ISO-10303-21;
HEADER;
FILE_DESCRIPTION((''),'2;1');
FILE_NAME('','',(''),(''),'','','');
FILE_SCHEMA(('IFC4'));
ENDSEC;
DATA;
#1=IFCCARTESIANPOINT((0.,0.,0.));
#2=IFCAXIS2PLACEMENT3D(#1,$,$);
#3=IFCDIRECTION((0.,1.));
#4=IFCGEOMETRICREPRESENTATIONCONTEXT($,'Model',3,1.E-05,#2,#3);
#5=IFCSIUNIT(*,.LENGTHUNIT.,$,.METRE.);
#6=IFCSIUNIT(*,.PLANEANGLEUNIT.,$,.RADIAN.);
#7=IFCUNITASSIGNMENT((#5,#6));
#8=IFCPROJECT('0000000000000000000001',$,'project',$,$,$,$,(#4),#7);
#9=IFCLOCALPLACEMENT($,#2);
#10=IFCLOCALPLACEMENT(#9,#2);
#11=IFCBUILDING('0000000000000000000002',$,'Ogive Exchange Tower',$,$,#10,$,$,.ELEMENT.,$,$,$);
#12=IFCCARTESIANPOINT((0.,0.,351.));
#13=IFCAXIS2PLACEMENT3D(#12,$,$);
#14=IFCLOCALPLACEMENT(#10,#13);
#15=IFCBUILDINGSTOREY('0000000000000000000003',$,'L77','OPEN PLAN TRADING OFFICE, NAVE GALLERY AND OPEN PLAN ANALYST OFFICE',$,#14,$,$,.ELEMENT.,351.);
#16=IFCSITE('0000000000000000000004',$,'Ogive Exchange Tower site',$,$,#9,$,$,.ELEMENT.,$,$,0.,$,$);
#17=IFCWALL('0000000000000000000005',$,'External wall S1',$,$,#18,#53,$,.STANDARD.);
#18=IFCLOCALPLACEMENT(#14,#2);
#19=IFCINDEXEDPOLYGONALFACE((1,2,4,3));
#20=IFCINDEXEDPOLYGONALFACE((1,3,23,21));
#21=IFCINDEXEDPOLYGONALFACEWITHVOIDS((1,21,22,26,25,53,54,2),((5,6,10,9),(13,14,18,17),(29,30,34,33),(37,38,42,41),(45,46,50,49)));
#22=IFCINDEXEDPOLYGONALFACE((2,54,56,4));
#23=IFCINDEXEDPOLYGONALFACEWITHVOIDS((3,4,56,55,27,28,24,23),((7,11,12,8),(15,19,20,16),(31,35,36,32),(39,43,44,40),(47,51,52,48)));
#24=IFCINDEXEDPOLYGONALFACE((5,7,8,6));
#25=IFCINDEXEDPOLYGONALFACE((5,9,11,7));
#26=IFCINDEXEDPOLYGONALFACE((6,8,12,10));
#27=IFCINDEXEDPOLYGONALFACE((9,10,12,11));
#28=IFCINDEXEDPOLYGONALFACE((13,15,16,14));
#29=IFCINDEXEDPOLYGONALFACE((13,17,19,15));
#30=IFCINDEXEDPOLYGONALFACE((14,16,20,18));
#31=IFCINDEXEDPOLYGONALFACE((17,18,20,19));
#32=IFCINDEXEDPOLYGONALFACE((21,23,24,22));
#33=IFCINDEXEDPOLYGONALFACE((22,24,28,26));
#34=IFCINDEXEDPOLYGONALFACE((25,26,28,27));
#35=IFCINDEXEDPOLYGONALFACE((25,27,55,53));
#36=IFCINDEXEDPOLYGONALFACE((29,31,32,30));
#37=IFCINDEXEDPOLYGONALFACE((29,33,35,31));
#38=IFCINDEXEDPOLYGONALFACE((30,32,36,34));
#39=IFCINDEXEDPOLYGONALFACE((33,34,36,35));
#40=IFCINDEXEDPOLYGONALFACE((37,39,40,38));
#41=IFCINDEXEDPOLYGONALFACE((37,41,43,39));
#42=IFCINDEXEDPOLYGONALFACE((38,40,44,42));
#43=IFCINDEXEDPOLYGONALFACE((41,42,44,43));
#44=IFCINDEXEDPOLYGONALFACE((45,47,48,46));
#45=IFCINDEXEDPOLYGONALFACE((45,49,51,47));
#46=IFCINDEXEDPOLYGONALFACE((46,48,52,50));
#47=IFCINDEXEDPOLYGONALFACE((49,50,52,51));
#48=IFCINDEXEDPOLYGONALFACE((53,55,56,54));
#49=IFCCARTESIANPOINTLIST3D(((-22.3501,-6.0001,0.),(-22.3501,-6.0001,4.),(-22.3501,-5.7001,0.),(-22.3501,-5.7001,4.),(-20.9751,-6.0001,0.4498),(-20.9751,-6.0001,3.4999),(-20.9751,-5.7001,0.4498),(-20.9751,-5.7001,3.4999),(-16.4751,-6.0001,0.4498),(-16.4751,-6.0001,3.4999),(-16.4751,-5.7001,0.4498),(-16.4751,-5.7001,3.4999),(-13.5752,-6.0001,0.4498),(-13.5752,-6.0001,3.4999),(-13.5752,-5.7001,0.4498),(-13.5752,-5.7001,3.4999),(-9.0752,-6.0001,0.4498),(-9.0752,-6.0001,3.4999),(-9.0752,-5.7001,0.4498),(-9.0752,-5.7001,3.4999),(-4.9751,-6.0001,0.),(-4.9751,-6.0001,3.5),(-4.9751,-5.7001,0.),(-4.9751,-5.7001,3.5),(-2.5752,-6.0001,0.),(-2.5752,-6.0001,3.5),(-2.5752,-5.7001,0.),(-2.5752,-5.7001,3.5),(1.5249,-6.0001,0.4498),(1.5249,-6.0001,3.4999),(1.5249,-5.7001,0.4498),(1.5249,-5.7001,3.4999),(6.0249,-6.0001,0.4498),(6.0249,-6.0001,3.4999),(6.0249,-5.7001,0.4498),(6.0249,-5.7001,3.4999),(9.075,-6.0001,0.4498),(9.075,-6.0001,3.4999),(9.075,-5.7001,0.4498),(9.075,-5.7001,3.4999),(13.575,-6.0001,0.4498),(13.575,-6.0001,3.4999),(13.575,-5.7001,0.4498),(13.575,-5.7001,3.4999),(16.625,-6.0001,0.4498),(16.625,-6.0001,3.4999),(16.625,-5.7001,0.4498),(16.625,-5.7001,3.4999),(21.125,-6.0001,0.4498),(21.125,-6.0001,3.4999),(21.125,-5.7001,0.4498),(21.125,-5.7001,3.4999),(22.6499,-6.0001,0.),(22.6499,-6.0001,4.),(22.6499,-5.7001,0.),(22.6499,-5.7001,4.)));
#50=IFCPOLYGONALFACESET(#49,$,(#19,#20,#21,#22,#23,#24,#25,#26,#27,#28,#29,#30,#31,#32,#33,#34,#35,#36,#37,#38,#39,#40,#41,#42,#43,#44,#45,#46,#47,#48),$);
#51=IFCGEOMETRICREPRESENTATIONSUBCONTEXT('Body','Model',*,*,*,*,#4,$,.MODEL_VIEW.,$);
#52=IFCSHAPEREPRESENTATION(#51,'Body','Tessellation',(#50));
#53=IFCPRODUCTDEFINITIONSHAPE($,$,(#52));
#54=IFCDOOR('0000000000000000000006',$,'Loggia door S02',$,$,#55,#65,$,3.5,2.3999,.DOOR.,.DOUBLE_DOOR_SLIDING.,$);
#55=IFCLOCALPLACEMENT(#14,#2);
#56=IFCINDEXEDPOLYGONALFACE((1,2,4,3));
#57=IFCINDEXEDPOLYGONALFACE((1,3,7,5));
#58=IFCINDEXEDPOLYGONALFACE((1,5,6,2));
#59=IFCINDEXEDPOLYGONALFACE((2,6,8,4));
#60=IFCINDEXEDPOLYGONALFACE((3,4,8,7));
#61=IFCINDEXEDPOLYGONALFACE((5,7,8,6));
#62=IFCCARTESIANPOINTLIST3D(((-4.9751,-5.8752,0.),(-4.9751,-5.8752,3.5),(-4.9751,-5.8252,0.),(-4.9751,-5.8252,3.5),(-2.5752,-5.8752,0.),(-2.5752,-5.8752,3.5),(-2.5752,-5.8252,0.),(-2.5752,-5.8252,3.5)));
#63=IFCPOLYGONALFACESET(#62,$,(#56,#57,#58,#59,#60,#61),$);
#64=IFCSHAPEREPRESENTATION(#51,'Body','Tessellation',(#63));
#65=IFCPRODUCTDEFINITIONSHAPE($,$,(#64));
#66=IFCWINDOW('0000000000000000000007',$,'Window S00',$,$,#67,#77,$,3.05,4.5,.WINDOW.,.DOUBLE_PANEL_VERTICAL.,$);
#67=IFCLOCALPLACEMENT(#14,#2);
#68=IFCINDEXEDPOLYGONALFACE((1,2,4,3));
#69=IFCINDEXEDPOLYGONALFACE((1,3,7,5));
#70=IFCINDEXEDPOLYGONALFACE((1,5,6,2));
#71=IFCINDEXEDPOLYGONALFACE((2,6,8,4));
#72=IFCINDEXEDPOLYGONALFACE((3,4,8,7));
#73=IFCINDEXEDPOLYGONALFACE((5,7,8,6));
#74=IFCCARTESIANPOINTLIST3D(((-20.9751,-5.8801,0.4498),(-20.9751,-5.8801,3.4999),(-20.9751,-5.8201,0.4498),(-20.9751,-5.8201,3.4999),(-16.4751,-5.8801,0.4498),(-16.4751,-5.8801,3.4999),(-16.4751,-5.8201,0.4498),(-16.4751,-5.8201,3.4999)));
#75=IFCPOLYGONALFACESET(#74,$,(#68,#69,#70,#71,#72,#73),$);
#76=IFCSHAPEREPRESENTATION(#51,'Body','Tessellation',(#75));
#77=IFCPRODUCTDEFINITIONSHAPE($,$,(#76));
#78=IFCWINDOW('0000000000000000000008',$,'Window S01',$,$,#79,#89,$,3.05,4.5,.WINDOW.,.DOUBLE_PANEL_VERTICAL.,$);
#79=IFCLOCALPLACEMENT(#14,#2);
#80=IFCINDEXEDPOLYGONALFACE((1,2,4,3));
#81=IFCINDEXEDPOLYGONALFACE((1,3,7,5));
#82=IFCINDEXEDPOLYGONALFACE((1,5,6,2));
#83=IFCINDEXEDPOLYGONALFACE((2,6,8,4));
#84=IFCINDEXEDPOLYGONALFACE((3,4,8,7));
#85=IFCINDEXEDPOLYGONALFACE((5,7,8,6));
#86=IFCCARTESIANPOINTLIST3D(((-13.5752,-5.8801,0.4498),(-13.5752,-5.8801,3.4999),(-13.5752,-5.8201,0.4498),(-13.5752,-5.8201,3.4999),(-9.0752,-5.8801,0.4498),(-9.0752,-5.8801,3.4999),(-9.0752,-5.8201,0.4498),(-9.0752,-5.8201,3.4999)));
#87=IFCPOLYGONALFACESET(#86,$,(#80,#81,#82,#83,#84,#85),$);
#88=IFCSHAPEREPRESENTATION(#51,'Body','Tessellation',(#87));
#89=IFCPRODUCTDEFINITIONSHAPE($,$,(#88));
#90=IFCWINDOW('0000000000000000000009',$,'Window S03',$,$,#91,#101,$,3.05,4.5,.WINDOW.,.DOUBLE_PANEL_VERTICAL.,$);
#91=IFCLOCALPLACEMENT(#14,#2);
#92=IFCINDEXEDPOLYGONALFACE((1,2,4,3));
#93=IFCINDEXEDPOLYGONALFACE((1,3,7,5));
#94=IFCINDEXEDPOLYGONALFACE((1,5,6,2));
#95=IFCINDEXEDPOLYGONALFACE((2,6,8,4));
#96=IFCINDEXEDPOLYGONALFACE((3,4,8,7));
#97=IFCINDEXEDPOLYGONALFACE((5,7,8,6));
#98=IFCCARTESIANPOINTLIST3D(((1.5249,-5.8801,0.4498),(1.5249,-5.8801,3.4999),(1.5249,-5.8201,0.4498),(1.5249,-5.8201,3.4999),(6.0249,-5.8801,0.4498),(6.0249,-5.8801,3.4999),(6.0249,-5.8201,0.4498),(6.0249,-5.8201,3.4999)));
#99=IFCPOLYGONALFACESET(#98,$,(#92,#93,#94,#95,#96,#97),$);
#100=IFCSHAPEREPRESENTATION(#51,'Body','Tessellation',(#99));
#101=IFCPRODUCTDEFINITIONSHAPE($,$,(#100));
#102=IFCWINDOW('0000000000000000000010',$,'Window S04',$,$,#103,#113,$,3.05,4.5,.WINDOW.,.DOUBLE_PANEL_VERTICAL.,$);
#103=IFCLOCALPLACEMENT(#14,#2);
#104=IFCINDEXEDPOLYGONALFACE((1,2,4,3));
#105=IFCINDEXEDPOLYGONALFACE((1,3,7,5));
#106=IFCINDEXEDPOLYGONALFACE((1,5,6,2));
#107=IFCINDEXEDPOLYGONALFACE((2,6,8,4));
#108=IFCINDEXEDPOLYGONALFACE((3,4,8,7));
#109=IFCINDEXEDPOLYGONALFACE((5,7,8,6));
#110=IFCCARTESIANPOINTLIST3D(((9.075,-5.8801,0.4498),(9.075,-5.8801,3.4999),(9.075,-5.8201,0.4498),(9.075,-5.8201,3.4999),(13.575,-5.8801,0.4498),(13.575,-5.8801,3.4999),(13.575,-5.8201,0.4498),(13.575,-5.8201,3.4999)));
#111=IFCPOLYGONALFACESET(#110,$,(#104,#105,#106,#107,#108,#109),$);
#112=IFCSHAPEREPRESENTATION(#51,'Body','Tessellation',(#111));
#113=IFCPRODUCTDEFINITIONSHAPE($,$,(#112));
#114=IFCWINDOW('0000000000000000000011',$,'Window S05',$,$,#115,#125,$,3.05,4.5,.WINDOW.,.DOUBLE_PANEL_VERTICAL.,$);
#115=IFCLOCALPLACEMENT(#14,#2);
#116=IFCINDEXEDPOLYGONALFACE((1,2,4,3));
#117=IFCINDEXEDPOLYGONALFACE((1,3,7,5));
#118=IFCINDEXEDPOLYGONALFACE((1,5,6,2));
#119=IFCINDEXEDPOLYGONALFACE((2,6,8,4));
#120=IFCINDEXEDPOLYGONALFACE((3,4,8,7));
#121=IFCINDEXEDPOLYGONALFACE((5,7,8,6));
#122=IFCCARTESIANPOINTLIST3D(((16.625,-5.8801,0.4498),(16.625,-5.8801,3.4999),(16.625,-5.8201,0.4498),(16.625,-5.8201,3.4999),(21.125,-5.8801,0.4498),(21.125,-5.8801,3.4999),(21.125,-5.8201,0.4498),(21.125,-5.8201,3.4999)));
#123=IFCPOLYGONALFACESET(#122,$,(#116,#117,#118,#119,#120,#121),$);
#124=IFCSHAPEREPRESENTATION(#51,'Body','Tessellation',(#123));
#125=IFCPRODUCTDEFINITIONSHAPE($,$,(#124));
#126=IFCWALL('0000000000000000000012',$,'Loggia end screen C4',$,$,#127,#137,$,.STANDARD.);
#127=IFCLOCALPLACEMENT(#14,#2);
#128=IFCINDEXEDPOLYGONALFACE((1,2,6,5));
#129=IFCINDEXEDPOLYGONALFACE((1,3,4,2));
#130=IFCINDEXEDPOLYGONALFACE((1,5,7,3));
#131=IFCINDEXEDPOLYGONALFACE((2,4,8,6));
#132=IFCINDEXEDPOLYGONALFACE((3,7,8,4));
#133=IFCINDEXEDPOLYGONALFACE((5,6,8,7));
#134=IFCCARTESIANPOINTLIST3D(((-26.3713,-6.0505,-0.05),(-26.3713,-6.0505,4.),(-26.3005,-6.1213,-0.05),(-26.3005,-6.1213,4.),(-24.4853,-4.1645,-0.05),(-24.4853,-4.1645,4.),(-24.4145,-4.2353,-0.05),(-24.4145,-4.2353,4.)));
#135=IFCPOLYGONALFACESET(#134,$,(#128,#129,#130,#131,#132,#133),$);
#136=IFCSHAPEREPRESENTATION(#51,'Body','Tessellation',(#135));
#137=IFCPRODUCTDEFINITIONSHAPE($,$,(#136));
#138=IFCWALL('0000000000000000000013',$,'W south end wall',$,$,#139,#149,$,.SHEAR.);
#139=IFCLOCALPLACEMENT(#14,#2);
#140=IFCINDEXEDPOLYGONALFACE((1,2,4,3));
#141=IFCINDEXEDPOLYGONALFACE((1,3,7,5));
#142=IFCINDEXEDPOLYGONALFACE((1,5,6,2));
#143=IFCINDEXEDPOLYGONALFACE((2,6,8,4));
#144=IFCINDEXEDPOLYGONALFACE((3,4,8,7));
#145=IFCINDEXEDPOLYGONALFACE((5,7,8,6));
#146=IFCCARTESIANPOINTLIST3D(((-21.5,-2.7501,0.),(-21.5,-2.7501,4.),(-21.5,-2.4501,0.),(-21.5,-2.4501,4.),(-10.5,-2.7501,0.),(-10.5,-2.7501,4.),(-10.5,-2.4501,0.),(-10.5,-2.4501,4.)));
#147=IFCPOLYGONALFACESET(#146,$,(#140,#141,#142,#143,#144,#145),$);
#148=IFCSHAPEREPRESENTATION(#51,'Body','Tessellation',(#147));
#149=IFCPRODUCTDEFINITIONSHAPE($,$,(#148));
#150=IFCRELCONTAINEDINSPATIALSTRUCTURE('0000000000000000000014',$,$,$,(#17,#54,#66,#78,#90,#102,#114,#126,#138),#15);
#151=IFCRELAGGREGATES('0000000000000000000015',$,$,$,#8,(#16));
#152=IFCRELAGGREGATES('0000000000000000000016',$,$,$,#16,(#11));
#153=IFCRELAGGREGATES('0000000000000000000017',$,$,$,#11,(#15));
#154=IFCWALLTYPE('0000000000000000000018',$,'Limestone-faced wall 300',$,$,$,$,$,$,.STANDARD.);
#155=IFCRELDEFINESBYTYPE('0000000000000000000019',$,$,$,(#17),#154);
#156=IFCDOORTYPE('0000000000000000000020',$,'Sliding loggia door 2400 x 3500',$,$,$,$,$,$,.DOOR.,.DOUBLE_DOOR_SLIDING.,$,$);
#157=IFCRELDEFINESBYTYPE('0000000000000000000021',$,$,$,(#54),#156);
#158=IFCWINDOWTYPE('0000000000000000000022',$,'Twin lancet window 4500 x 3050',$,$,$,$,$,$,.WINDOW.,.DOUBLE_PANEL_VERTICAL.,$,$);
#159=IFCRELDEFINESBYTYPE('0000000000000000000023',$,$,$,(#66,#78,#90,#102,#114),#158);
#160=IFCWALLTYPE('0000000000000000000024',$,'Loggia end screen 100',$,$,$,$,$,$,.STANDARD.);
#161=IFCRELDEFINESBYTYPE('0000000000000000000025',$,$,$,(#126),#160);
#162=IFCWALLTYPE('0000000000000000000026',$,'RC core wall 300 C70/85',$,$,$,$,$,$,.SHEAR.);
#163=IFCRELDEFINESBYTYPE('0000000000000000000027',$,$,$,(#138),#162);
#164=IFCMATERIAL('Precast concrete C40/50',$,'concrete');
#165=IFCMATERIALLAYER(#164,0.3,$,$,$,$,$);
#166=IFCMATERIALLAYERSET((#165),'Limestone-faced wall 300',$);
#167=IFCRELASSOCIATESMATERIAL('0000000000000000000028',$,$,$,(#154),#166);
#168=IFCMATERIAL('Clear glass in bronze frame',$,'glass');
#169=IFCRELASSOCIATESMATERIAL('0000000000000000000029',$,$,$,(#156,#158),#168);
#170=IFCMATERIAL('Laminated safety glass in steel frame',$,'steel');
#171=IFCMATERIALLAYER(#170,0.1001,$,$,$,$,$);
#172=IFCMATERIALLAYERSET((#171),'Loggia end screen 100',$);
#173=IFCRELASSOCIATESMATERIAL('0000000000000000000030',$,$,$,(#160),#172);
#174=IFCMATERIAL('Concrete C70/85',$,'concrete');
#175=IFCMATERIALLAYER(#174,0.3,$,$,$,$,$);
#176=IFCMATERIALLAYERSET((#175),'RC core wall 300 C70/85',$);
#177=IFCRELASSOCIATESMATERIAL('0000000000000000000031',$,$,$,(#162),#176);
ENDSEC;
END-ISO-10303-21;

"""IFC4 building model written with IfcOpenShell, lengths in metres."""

from ifc_helpers import new_model, si_unit, direction, frame, frame_2d, origin, place, context, subcontext, project, spatial, rectangle, extrude, material, layer, layer_set, type_object, element, fill, save


model = new_model("IFC4")

# Units and contexts
model_context = context("Model", 3, precision=1e-05, world=origin(), true_north=direction((0.0, 1.0)))
body_context = subcontext(model_context, "Body", "Model", "MODEL_VIEW")
ifc_project = project(units=[si_unit("LENGTHUNIT", "METRE"), si_unit("PLANEANGLEUNIT", "RADIAN")], contexts=[model_context])

# Site, building, storey
site_placement = place(None, origin())
site = spatial("IfcSite", under=ifc_project, at=site_placement, Name="Ogive Exchange Tower site", CompositionType="ELEMENT", RefElevation=0.0)
building_placement = place(site_placement, origin())
building = spatial("IfcBuilding", under=site, at=building_placement, Name="Ogive Exchange Tower", CompositionType="ELEMENT")
storey_placement = place(building_placement, frame((0.0, 0.0, 351.0)))
storey = spatial("IfcBuildingStorey", under=building, at=storey_placement, Name="L77", Description="OPEN PLAN TRADING OFFICE, NAVE GALLERY AND OPEN PLAN ANALYST OFFICE", CompositionType="ELEMENT", Elevation=351.0)

# Wall, openings, door, windows
ifc_material_1 = material(Name="Precast concrete C40/50", Category="concrete")
ifc_layer_1 = layer(ifc_material_1, 0.3)
ifc_layer_set_1 = layer_set([ifc_layer_1], Name="Limestone-faced wall 300")
wall_type_1 = type_object("IfcWallType", Name="Limestone-faced wall 300", PredefinedType="STANDARD", material=ifc_layer_set_1)
wall_1_placement = place(storey_placement, frame((-22.3501, -5.8501, 0.0), z_axis=(0.0, 0.0, 1.0), x_axis=(1.0, 0.0, 0.0)))
wall_1 = element("IfcWall", 1, at=wall_1_placement, inside=storey, type_object=wall_type_1, Name="External wall S1", PredefinedType="STANDARD", context=body_context, shape_type="SweptSolid", body=[
    extrude(rectangle(XDim=45.0, YDim=0.3, at=frame_2d((22.5, 0.0))), origin(), (0.0, 0.0, 1.0), 4.0),
])
opening_1_placement = place(wall_1_placement, frame((1.375, 0.0, 0.45)))
opening_1 = element("IfcOpeningElement", 2, at=opening_1_placement, cuts=wall_1, PredefinedType="OPENING", context=body_context, shape_type="SweptSolid", body=[
    extrude(rectangle(XDim=4.5, YDim=3.05, at=frame_2d((2.25, 1.5249))), frame((0.0, 0.1599, 0.0), z_axis=(0.0, -1.0, 0.0), x_axis=(1.0, 0.0, 0.0)), (0.0, 0.0, 1.0), 0.3201),
])
opening_2_placement = place(wall_1_placement, frame((8.7749, 0.0, 0.45)))
opening_2 = element("IfcOpeningElement", 3, at=opening_2_placement, cuts=wall_1, PredefinedType="OPENING", context=body_context, shape_type="SweptSolid", body=[
    extrude(rectangle(XDim=4.5, YDim=3.05, at=frame_2d((2.25, 1.5249))), frame((0.0, 0.1599, 0.0), z_axis=(0.0, -1.0, 0.0), x_axis=(1.0, 0.0, 0.0)), (0.0, 0.0, 1.0), 0.3201),
])
opening_3_placement = place(wall_1_placement, frame((17.375, 0.0, 0.0)))
opening_3 = element("IfcOpeningElement", 4, at=opening_3_placement, cuts=wall_1, PredefinedType="OPENING", context=body_context, shape_type="SweptSolid", body=[
    extrude(rectangle(XDim=2.3999, YDim=3.5, at=frame_2d((1.2, 1.75))), frame((0.0, 0.1599, 0.0), z_axis=(0.0, -1.0, 0.0), x_axis=(1.0, 0.0, 0.0)), (0.0, 0.0, 1.0), 0.3201),
])
opening_4_placement = place(wall_1_placement, frame((23.875, 0.0, 0.45)))
opening_4 = element("IfcOpeningElement", 5, at=opening_4_placement, cuts=wall_1, PredefinedType="OPENING", context=body_context, shape_type="SweptSolid", body=[
    extrude(rectangle(XDim=4.5, YDim=3.05, at=frame_2d((2.25, 1.5249))), frame((0.0, 0.1599, 0.0), z_axis=(0.0, -1.0, 0.0), x_axis=(1.0, 0.0, 0.0)), (0.0, 0.0, 1.0), 0.3201),
])
opening_5_placement = place(wall_1_placement, frame((31.425, 0.0, 0.45)))
opening_5 = element("IfcOpeningElement", 6, at=opening_5_placement, cuts=wall_1, PredefinedType="OPENING", context=body_context, shape_type="SweptSolid", body=[
    extrude(rectangle(XDim=4.5, YDim=3.05, at=frame_2d((2.25, 1.5249))), frame((0.0, 0.1599, 0.0), z_axis=(0.0, -1.0, 0.0), x_axis=(1.0, 0.0, 0.0)), (0.0, 0.0, 1.0), 0.3201),
])
opening_6_placement = place(wall_1_placement, frame((38.9751, 0.0, 0.45)))
opening_6 = element("IfcOpeningElement", 7, at=opening_6_placement, cuts=wall_1, PredefinedType="OPENING", context=body_context, shape_type="SweptSolid", body=[
    extrude(rectangle(XDim=4.5, YDim=3.05, at=frame_2d((2.25, 1.5249))), frame((0.0, 0.1599, 0.0), z_axis=(0.0, -1.0, 0.0), x_axis=(1.0, 0.0, 0.0)), (0.0, 0.0, 1.0), 0.3201),
])
ifc_material_2 = material(Name="Clear glass in bronze frame", Category="glass")
door_type_1 = type_object("IfcDoorType", Name="Sliding loggia door 2400 x 3500", OperationType="DOUBLE_DOOR_SLIDING", PredefinedType="DOOR", material=ifc_material_2)
door_1_placement = place(opening_3_placement, origin())
door_1 = element("IfcDoor", 8, at=door_1_placement, inside=storey, type_object=door_type_1, Name="Loggia door S02", OperationType="DOUBLE_DOOR_SLIDING", OverallHeight=3.5, OverallWidth=2.3999, PredefinedType="DOOR", context=body_context, shape_type="SweptSolid", body=[
    extrude(rectangle(XDim=2.3999, YDim=3.5, at=frame_2d((1.2, 1.75))), frame((0.0, 0.0249, 0.0), z_axis=(0.0, -1.0, 0.0), x_axis=(1.0, 0.0, 0.0)), (0.0, 0.0, 1.0), 0.05),
])
fill(opening_3, door_1)
window_type = type_object("IfcWindowType", Name="Twin lancet window 4500 x 3050", PartitioningType="DOUBLE_PANEL_VERTICAL", PredefinedType="WINDOW", material=ifc_material_2)
window_1_placement = place(opening_1_placement, origin())
window_1 = element("IfcWindow", 9, at=window_1_placement, inside=storey, type_object=window_type, Name="Window S00", OverallHeight=3.05, OverallWidth=4.5, PartitioningType="DOUBLE_PANEL_VERTICAL", PredefinedType="WINDOW", context=body_context, shape_type="SweptSolid", body=[
    extrude(rectangle(XDim=4.5, YDim=3.05, at=frame_2d((2.25, 1.5249))), frame((0.0, 0.03, 0.0), z_axis=(0.0, -1.0, 0.0), x_axis=(1.0, 0.0, 0.0)), (0.0, 0.0, 1.0), 0.0601),
])
fill(opening_1, window_1)
window_2_placement = place(opening_2_placement, origin())
window_2 = element("IfcWindow", 10, at=window_2_placement, inside=storey, type_object=window_type, Name="Window S01", OverallHeight=3.05, OverallWidth=4.5, PartitioningType="DOUBLE_PANEL_VERTICAL", PredefinedType="WINDOW", context=body_context, shape_type="SweptSolid", body=[
    extrude(rectangle(XDim=4.5, YDim=3.05, at=frame_2d((2.25, 1.5249))), frame((0.0, 0.03, 0.0), z_axis=(0.0, -1.0, 0.0), x_axis=(1.0, 0.0, 0.0)), (0.0, 0.0, 1.0), 0.0601),
])
fill(opening_2, window_2)
window_3_placement = place(opening_4_placement, origin())
window_3 = element("IfcWindow", 11, at=window_3_placement, inside=storey, type_object=window_type, Name="Window S03", OverallHeight=3.05, OverallWidth=4.5, PartitioningType="DOUBLE_PANEL_VERTICAL", PredefinedType="WINDOW", context=body_context, shape_type="SweptSolid", body=[
    extrude(rectangle(XDim=4.5, YDim=3.05, at=frame_2d((2.25, 1.5249))), frame((0.0, 0.03, 0.0), z_axis=(0.0, -1.0, 0.0), x_axis=(1.0, 0.0, 0.0)), (0.0, 0.0, 1.0), 0.0601),
])
fill(opening_4, window_3)
window_4_placement = place(opening_5_placement, origin())
window_4 = element("IfcWindow", 12, at=window_4_placement, inside=storey, type_object=window_type, Name="Window S04", OverallHeight=3.05, OverallWidth=4.5, PartitioningType="DOUBLE_PANEL_VERTICAL", PredefinedType="WINDOW", context=body_context, shape_type="SweptSolid", body=[
    extrude(rectangle(XDim=4.5, YDim=3.05, at=frame_2d((2.25, 1.5249))), frame((0.0, 0.03, 0.0), z_axis=(0.0, -1.0, 0.0), x_axis=(1.0, 0.0, 0.0)), (0.0, 0.0, 1.0), 0.0601),
])
fill(opening_5, window_4)
window_5_placement = place(opening_6_placement, origin())
window_5 = element("IfcWindow", 13, at=window_5_placement, inside=storey, type_object=window_type, Name="Window S05", OverallHeight=3.05, OverallWidth=4.5, PartitioningType="DOUBLE_PANEL_VERTICAL", PredefinedType="WINDOW", context=body_context, shape_type="SweptSolid", body=[
    extrude(rectangle(XDim=4.5, YDim=3.05, at=frame_2d((2.25, 1.5249))), frame((0.0, 0.03, 0.0), z_axis=(0.0, -1.0, 0.0), x_axis=(1.0, 0.0, 0.0)), (0.0, 0.0, 1.0), 0.0601),
])
fill(opening_6, window_5)

# Walls
ifc_material_3 = material(Name="Laminated safety glass in steel frame", Category="steel")
ifc_layer_2 = layer(ifc_material_3, 0.1001)
ifc_layer_set_2 = layer_set([ifc_layer_2], Name="Loggia end screen 100")
wall_type_2 = type_object("IfcWallType", Name="Loggia end screen 100", PredefinedType="STANDARD", material=ifc_layer_set_2)
wall_2_placement = place(storey_placement, frame((-24.45, -4.2, -0.05), z_axis=(0.0, 0.0, 1.0), x_axis=(-0.707107, -0.707107, 0.0)))
element("IfcWall", 14, at=wall_2_placement, inside=storey, type_object=wall_type_2, Name="Loggia end screen C4", PredefinedType="STANDARD", context=body_context, shape_type="SweptSolid", body=[
    extrude(rectangle(XDim=2.6672, YDim=0.1001, at=frame_2d((1.3335, 0.0))), origin(), (0.0, 0.0, 1.0), 4.05),
])
ifc_material_4 = material(Name="Concrete C70/85", Category="concrete")
ifc_layer_3 = layer(ifc_material_4, 0.3)
ifc_layer_set_3 = layer_set([ifc_layer_3], Name="RC core wall 300 C70/85")
wall_type_3 = type_object("IfcWallType", Name="RC core wall 300 C70/85", PredefinedType="SHEAR", material=ifc_layer_set_3)
wall_3_placement = place(storey_placement, frame((-21.5, -2.6001, 0.0), z_axis=(0.0, 0.0, 1.0), x_axis=(1.0, 0.0, 0.0)))
element("IfcWall", 15, at=wall_3_placement, inside=storey, type_object=wall_type_3, Name="W south end wall", PredefinedType="SHEAR", context=body_context, shape_type="SweptSolid", body=[
    extrude(rectangle(XDim=11.0, YDim=0.3, at=frame_2d((5.5, 0.0))), origin(), (0.0, 0.0, 1.0), 4.0),
])

save(model, "model.ifc")
